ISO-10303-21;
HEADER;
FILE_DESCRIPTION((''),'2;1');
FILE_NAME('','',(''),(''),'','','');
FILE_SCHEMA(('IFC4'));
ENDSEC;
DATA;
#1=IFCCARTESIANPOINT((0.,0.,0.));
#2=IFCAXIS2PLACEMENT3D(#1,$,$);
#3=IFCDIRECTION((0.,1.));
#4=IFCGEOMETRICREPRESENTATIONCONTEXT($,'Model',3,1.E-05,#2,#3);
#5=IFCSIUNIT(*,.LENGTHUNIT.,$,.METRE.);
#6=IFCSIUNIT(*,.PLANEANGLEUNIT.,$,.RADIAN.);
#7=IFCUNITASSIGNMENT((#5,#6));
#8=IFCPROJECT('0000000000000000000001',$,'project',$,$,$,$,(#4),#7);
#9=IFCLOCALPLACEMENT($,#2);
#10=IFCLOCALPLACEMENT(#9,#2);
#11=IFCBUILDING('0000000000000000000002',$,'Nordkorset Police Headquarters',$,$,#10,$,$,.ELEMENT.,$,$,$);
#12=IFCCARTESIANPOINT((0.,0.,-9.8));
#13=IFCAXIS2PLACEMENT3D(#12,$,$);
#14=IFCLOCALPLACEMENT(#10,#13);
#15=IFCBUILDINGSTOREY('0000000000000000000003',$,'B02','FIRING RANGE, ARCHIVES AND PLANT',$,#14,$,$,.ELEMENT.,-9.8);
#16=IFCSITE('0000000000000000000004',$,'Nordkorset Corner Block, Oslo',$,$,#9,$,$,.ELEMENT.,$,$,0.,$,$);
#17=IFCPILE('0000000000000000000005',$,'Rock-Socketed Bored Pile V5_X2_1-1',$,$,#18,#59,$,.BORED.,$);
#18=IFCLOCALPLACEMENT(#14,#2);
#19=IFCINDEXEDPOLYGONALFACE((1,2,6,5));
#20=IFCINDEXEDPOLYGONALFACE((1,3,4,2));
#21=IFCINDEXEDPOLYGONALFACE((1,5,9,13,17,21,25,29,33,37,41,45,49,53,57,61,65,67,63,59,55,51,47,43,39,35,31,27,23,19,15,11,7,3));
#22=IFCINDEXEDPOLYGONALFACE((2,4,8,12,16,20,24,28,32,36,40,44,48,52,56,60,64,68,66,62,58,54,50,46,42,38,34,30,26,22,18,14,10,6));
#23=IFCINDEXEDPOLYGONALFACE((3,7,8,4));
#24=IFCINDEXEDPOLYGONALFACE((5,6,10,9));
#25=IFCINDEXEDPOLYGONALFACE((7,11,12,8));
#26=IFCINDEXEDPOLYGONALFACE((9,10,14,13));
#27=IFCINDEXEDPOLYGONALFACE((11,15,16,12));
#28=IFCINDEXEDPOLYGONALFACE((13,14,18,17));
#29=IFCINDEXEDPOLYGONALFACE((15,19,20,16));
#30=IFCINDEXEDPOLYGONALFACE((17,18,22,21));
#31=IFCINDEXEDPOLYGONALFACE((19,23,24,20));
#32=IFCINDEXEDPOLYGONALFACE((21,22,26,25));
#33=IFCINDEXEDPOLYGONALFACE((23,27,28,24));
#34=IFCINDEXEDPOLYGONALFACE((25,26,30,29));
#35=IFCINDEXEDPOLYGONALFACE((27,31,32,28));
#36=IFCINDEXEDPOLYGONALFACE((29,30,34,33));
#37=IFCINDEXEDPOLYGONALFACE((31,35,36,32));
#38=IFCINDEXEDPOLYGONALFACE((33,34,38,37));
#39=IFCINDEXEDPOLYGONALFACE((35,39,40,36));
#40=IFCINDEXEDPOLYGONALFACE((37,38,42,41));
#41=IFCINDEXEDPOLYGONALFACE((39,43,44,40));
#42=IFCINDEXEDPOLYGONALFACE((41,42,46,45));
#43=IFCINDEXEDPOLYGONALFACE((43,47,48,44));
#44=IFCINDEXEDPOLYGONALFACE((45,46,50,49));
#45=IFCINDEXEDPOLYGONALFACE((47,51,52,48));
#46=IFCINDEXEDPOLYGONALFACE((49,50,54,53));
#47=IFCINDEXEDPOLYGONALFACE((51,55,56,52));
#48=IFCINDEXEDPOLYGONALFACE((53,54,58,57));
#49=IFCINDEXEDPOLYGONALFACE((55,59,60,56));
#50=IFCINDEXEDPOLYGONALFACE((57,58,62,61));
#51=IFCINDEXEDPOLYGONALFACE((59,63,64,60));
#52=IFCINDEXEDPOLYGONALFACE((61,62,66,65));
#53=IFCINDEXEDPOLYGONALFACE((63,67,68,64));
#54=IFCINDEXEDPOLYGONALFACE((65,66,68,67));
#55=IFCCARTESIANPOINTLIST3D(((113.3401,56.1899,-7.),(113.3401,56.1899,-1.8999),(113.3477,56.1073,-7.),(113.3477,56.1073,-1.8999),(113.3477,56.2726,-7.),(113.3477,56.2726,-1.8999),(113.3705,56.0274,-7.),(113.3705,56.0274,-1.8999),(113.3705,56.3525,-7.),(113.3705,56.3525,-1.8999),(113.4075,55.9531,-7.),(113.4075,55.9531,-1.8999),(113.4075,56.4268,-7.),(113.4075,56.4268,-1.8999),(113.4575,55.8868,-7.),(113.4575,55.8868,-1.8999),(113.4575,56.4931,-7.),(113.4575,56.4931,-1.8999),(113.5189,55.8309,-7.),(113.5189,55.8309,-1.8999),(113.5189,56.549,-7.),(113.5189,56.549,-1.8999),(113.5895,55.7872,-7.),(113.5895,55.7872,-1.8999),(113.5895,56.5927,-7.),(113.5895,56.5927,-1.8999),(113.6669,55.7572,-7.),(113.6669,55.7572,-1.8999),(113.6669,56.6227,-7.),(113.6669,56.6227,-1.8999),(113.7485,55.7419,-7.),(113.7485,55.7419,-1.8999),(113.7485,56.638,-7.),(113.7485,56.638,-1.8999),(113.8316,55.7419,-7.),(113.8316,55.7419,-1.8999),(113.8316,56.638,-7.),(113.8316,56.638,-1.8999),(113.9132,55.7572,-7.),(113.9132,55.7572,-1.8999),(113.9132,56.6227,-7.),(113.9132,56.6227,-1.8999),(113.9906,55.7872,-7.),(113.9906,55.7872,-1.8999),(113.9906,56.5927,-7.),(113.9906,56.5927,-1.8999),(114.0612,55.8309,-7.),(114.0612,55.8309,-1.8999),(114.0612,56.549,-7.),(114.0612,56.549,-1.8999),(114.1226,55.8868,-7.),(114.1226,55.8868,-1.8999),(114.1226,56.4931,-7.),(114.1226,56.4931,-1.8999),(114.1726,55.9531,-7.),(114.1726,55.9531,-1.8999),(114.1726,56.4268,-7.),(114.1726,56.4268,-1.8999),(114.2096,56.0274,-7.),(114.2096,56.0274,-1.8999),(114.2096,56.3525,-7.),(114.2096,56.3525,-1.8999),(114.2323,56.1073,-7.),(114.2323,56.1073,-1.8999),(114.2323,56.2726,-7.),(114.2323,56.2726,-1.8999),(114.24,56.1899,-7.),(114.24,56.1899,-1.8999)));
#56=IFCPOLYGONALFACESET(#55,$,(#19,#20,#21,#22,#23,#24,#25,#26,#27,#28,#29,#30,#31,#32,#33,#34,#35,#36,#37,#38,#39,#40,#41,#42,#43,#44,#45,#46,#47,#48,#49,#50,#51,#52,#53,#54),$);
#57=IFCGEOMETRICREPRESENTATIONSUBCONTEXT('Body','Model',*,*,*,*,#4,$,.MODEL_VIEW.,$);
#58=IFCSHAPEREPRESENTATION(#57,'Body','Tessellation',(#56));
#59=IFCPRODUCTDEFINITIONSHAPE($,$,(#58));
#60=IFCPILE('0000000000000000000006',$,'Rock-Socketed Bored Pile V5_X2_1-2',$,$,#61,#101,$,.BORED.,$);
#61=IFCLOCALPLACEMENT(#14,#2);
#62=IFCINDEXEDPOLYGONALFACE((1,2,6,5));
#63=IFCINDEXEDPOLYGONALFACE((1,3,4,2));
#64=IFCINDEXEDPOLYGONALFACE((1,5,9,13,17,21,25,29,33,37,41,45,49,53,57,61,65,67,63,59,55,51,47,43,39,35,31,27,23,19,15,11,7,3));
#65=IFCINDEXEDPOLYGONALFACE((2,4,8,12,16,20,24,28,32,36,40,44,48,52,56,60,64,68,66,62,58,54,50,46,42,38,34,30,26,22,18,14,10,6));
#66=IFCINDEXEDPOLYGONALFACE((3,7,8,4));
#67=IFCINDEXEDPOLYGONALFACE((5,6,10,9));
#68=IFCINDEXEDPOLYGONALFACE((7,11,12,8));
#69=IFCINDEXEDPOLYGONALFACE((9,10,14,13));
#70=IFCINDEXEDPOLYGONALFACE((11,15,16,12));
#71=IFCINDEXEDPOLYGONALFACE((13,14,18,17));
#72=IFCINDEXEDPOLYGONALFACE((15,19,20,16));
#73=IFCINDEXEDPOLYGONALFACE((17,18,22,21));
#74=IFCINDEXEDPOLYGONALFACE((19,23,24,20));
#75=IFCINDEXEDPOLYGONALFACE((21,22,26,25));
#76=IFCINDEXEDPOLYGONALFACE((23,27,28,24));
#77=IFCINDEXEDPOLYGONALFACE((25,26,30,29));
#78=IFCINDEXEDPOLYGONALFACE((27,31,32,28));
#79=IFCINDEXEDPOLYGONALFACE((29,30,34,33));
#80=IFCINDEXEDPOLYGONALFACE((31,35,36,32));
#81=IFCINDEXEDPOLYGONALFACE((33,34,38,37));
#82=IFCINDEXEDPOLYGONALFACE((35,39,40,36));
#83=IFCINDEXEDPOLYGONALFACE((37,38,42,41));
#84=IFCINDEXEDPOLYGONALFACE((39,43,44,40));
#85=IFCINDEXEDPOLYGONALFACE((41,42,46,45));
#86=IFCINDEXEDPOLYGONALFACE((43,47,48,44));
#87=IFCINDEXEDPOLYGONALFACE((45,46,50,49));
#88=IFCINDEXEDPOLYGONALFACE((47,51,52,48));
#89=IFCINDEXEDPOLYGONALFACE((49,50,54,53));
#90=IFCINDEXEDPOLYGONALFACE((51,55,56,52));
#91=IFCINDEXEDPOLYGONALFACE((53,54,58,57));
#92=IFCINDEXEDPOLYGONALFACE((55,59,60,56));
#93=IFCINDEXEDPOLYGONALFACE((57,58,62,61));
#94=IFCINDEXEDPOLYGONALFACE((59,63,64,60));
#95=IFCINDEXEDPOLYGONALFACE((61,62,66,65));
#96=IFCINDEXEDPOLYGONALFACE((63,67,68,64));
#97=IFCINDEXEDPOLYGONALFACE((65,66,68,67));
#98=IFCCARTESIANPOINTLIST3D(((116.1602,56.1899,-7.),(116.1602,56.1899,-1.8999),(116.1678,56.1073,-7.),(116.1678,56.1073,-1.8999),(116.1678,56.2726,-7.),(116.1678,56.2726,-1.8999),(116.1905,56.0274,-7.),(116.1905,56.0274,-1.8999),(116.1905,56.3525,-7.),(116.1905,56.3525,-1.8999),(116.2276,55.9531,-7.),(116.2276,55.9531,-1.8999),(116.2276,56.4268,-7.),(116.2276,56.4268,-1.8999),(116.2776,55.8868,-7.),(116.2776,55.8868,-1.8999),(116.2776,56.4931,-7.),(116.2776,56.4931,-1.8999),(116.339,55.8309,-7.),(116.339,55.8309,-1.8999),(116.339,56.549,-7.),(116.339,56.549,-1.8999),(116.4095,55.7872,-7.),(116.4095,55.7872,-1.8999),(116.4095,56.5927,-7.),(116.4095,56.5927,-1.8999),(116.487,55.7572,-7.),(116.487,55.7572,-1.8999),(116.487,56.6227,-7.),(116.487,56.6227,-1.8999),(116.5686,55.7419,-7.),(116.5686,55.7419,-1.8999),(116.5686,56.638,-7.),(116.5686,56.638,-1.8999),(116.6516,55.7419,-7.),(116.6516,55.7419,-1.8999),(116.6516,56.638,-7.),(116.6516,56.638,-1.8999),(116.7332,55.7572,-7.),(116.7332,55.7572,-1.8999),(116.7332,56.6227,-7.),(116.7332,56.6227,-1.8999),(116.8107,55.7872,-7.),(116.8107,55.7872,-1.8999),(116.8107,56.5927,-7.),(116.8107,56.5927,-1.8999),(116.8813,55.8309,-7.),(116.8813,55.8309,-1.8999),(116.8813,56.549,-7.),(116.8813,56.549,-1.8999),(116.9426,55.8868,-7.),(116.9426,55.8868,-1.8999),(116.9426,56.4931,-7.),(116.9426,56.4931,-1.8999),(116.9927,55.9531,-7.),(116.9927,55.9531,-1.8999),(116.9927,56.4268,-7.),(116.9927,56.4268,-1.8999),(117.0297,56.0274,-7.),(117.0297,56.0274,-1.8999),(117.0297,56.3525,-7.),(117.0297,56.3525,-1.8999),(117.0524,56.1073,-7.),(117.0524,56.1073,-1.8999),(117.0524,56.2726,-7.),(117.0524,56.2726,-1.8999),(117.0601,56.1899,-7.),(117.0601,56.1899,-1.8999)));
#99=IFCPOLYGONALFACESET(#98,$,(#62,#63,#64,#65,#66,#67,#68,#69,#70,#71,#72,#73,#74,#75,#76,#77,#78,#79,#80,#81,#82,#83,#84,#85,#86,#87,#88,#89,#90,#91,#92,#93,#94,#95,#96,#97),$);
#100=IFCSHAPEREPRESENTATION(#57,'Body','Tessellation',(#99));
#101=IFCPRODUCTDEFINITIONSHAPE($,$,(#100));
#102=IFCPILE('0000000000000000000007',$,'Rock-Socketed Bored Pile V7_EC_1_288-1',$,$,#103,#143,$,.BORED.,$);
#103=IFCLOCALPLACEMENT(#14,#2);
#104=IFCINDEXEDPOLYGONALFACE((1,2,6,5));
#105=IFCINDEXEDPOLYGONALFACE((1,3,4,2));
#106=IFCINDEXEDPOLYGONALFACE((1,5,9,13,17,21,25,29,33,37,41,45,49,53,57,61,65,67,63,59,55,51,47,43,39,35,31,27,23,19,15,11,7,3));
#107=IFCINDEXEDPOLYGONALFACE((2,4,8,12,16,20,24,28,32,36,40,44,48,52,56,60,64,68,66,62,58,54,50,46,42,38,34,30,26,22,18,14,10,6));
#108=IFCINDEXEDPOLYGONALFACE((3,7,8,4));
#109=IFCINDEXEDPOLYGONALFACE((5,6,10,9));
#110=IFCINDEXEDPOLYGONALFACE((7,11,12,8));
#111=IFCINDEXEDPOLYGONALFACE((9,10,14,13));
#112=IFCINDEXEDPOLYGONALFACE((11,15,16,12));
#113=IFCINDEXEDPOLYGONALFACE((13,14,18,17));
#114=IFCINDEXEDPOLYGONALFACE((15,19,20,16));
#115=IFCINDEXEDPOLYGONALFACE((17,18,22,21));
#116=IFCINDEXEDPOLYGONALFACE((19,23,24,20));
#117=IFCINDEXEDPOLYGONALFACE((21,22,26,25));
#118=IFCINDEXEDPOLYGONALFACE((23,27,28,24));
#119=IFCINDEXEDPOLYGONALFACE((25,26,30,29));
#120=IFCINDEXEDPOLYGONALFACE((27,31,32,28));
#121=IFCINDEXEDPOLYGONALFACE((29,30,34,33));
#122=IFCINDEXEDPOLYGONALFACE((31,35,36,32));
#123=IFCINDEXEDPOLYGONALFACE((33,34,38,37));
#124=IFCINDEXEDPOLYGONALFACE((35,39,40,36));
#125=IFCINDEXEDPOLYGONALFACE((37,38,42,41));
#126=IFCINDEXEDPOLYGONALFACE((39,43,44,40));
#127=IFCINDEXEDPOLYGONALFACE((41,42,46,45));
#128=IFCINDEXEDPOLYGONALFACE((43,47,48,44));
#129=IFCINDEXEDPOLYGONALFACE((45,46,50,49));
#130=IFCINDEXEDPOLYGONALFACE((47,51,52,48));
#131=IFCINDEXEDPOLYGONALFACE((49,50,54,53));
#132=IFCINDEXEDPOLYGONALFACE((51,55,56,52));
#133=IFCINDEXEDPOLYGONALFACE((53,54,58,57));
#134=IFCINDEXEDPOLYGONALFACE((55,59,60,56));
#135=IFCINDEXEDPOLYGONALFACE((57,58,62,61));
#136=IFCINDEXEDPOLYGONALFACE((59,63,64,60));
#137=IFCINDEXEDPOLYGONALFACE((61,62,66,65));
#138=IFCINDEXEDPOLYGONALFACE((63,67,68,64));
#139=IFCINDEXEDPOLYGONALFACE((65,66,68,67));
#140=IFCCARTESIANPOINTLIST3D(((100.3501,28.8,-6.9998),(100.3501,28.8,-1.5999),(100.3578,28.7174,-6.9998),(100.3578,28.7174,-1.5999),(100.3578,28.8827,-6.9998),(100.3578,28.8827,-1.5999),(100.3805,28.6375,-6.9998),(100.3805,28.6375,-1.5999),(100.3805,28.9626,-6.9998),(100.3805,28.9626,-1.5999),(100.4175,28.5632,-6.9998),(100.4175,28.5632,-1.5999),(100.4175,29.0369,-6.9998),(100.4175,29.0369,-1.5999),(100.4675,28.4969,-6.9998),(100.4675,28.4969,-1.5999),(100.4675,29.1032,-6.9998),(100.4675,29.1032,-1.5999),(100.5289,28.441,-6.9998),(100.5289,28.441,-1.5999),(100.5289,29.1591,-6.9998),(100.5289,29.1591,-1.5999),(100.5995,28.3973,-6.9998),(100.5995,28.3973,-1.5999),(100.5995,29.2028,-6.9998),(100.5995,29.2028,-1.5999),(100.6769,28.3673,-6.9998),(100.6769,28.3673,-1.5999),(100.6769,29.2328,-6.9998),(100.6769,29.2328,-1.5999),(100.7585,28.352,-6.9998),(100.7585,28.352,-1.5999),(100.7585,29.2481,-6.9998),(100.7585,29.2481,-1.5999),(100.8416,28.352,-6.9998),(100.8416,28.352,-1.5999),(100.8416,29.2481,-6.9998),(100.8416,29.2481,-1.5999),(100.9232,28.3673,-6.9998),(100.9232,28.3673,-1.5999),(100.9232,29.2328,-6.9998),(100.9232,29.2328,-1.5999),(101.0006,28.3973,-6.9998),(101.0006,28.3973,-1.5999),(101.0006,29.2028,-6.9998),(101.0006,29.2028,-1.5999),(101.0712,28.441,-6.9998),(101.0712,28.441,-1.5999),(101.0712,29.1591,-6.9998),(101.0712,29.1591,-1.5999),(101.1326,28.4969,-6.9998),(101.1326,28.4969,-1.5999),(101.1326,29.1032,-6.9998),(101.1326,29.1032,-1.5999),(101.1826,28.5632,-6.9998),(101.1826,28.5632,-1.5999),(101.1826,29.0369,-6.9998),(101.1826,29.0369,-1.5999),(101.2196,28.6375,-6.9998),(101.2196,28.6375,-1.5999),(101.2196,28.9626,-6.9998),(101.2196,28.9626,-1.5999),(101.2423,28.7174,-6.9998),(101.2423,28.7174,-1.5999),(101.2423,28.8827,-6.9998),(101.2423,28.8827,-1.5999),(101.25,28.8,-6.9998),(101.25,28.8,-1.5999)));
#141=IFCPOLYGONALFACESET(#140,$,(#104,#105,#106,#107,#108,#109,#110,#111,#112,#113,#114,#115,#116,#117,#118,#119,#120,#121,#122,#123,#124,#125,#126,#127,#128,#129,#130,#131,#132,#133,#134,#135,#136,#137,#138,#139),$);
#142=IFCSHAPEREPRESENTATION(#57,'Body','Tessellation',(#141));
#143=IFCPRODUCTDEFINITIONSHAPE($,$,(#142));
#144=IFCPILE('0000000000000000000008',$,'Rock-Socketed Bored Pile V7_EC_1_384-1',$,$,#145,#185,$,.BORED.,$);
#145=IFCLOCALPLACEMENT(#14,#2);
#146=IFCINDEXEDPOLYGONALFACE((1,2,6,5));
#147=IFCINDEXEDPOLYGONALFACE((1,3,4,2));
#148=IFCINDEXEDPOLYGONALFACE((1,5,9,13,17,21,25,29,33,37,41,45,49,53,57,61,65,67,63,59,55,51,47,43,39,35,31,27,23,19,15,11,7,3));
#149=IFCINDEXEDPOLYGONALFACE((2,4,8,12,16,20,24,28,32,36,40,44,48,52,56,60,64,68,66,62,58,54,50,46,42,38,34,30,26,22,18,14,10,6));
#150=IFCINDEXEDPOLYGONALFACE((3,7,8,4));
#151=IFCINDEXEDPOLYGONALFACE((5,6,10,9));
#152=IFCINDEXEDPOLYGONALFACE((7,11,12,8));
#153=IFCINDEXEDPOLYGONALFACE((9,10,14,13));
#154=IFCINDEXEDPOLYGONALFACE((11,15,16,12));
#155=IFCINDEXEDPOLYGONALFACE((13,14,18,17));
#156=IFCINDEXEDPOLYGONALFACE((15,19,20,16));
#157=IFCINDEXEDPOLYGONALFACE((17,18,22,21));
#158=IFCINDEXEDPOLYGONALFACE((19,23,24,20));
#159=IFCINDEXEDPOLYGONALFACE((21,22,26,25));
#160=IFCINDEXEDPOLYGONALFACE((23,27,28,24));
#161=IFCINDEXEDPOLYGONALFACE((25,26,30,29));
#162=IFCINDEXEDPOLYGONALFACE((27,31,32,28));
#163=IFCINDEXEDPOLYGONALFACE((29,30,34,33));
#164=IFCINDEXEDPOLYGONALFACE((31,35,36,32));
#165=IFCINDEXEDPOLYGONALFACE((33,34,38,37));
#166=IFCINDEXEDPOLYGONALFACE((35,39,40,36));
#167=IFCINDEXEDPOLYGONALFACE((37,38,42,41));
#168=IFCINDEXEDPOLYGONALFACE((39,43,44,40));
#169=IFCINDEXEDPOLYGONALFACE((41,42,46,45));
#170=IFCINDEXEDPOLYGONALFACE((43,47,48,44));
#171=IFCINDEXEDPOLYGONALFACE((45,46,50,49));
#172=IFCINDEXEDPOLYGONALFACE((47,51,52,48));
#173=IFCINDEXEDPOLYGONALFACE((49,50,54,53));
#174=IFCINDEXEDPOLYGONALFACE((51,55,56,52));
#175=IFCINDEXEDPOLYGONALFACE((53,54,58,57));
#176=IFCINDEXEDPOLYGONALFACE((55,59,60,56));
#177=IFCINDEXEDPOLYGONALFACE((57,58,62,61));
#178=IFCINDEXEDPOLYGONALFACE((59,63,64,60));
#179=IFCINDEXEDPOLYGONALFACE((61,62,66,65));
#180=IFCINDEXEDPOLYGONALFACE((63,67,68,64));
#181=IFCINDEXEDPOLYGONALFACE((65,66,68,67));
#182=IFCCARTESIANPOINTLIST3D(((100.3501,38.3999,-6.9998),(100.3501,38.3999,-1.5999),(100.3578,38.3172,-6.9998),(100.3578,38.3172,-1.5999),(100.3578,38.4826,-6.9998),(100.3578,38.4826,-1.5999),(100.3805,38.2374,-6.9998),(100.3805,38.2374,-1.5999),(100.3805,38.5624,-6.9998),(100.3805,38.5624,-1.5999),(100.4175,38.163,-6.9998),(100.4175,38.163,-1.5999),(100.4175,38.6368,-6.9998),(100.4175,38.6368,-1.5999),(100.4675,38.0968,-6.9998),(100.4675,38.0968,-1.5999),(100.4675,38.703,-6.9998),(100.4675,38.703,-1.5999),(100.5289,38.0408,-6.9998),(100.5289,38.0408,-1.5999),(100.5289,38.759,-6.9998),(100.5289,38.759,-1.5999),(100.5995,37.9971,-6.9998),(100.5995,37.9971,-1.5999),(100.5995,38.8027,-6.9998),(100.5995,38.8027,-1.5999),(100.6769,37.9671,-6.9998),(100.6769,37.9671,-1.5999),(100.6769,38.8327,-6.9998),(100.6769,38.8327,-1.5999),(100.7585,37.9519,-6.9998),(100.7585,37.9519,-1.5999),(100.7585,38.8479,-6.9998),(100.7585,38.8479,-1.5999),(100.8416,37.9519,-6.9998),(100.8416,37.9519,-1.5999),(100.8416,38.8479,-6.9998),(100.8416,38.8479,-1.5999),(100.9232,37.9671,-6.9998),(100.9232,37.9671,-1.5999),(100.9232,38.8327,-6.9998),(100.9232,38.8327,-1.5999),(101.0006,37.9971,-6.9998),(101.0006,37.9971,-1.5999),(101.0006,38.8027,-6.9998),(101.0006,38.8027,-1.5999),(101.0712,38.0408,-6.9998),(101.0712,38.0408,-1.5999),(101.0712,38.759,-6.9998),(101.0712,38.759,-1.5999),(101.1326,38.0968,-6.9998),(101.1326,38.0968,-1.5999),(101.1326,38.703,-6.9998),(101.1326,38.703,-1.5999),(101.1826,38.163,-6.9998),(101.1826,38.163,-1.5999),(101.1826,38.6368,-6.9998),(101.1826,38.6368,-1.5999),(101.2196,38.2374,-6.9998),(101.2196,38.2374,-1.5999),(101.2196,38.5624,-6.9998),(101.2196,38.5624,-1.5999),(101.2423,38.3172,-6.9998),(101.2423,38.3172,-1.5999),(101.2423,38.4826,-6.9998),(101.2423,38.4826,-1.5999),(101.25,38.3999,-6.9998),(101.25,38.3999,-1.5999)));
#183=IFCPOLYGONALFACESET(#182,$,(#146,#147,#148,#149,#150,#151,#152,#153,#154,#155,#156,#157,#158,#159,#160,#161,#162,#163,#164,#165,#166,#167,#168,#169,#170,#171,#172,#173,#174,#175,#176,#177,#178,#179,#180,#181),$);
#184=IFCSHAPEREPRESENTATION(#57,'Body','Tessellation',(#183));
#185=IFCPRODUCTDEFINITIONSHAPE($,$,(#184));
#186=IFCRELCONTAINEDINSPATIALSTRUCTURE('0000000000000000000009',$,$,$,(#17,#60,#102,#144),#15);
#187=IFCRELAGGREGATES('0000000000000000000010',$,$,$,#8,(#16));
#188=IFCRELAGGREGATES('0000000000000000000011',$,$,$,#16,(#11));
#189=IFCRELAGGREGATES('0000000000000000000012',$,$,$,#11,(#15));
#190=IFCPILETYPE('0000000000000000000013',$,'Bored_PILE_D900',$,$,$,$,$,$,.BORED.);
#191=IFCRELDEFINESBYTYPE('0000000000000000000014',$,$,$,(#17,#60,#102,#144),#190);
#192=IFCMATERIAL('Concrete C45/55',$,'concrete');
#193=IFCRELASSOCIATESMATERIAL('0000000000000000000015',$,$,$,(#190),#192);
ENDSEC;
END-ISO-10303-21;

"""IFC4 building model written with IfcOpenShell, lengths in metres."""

from ifc_helpers import new_model, si_unit, direction, frame, origin, origin_2d, place, context, subcontext, project, spatial, circle, extrude, material, material_profile, profile_set, type_object, element, save


model = new_model("IFC4")

# Units and contexts
model_context = context("Model", 3, precision=1e-05, world=origin(), true_north=direction((0.0, 1.0)))
body_context = subcontext(model_context, "Body", "Model", "MODEL_VIEW")
ifc_project = project(units=[si_unit("LENGTHUNIT", "METRE"), si_unit("PLANEANGLEUNIT", "RADIAN")], contexts=[model_context])

# Site, building, storey
site_placement = place(None, origin())
site = spatial("IfcSite", under=ifc_project, at=site_placement, Name="Nordkorset Corner Block, Oslo", CompositionType="ELEMENT", RefElevation=0.0)
building_placement = place(site_placement, origin())
building = spatial("IfcBuilding", under=site, at=building_placement, Name="Nordkorset Police Headquarters", CompositionType="ELEMENT")
storey_placement = place(building_placement, frame((0.0, 0.0, -9.8)))
storey = spatial("IfcBuildingStorey", under=building, at=storey_placement, Name="B02", Description="FIRING RANGE, ARCHIVES AND PLANT", CompositionType="ELEMENT", Elevation=-9.8)

# Piles
ifc_material_1 = material(Name="Concrete C45/55", Category="concrete")
ifc_material_profile_1 = material_profile(ifc_material_1, circle(Radius=0.45, at=origin_2d()), Name="PILE D900")
ifc_profile_set_1 = profile_set([ifc_material_profile_1], Name="Concrete C45/55")
pile_type = type_object("IfcPileType", Name="Bored_PILE_D900", PredefinedType="BORED", material=ifc_profile_set_1)
for number, where, z_axis, x_axis, name in (
    (1, (113.79, 56.1899, -1.8999), (0.0, 0.0, -1.0), (1.0, 0.0, 0.0), "Rock-Socketed Bored Pile V5_X2_1-1"),
    (2, (116.6101, 56.1899, -1.8999), (0.0, 0.0, -1.0), (1.0, 0.0, 0.0), "Rock-Socketed Bored Pile V5_X2_1-2"),
):
    element("IfcPile", number, at=place(storey_placement, frame(where, z_axis=z_axis, x_axis=x_axis)), inside=storey, type_object=pile_type, Name=name, PredefinedType="BORED", context=body_context, shape_type="SweptSolid", body=[
        extrude(circle(Radius=0.45, at=origin_2d()), origin(), (0.0, 0.0, 1.0), 5.1001),
    ])
for number, where, z_axis, x_axis, name in (
    (3, (100.8, 28.8, -1.5999), (0.0, 0.0, -1.0), (1.0, 0.0, 0.0), "Rock-Socketed Bored Pile V7_EC_1_288-1"),
    (4, (100.8, 38.3999, -1.5999), (0.0, 0.0, -1.0), (1.0, 0.0, 0.0), "Rock-Socketed Bored Pile V7_EC_1_384-1"),
):
    element("IfcPile", number, at=place(storey_placement, frame(where, z_axis=z_axis, x_axis=x_axis)), inside=storey, type_object=pile_type, Name=name, PredefinedType="BORED", context=body_context, shape_type="SweptSolid", body=[
        extrude(circle(Radius=0.45, at=origin_2d()), origin(), (0.0, 0.0, 1.0), 5.3999),
    ])

save(model, "model.ifc")
